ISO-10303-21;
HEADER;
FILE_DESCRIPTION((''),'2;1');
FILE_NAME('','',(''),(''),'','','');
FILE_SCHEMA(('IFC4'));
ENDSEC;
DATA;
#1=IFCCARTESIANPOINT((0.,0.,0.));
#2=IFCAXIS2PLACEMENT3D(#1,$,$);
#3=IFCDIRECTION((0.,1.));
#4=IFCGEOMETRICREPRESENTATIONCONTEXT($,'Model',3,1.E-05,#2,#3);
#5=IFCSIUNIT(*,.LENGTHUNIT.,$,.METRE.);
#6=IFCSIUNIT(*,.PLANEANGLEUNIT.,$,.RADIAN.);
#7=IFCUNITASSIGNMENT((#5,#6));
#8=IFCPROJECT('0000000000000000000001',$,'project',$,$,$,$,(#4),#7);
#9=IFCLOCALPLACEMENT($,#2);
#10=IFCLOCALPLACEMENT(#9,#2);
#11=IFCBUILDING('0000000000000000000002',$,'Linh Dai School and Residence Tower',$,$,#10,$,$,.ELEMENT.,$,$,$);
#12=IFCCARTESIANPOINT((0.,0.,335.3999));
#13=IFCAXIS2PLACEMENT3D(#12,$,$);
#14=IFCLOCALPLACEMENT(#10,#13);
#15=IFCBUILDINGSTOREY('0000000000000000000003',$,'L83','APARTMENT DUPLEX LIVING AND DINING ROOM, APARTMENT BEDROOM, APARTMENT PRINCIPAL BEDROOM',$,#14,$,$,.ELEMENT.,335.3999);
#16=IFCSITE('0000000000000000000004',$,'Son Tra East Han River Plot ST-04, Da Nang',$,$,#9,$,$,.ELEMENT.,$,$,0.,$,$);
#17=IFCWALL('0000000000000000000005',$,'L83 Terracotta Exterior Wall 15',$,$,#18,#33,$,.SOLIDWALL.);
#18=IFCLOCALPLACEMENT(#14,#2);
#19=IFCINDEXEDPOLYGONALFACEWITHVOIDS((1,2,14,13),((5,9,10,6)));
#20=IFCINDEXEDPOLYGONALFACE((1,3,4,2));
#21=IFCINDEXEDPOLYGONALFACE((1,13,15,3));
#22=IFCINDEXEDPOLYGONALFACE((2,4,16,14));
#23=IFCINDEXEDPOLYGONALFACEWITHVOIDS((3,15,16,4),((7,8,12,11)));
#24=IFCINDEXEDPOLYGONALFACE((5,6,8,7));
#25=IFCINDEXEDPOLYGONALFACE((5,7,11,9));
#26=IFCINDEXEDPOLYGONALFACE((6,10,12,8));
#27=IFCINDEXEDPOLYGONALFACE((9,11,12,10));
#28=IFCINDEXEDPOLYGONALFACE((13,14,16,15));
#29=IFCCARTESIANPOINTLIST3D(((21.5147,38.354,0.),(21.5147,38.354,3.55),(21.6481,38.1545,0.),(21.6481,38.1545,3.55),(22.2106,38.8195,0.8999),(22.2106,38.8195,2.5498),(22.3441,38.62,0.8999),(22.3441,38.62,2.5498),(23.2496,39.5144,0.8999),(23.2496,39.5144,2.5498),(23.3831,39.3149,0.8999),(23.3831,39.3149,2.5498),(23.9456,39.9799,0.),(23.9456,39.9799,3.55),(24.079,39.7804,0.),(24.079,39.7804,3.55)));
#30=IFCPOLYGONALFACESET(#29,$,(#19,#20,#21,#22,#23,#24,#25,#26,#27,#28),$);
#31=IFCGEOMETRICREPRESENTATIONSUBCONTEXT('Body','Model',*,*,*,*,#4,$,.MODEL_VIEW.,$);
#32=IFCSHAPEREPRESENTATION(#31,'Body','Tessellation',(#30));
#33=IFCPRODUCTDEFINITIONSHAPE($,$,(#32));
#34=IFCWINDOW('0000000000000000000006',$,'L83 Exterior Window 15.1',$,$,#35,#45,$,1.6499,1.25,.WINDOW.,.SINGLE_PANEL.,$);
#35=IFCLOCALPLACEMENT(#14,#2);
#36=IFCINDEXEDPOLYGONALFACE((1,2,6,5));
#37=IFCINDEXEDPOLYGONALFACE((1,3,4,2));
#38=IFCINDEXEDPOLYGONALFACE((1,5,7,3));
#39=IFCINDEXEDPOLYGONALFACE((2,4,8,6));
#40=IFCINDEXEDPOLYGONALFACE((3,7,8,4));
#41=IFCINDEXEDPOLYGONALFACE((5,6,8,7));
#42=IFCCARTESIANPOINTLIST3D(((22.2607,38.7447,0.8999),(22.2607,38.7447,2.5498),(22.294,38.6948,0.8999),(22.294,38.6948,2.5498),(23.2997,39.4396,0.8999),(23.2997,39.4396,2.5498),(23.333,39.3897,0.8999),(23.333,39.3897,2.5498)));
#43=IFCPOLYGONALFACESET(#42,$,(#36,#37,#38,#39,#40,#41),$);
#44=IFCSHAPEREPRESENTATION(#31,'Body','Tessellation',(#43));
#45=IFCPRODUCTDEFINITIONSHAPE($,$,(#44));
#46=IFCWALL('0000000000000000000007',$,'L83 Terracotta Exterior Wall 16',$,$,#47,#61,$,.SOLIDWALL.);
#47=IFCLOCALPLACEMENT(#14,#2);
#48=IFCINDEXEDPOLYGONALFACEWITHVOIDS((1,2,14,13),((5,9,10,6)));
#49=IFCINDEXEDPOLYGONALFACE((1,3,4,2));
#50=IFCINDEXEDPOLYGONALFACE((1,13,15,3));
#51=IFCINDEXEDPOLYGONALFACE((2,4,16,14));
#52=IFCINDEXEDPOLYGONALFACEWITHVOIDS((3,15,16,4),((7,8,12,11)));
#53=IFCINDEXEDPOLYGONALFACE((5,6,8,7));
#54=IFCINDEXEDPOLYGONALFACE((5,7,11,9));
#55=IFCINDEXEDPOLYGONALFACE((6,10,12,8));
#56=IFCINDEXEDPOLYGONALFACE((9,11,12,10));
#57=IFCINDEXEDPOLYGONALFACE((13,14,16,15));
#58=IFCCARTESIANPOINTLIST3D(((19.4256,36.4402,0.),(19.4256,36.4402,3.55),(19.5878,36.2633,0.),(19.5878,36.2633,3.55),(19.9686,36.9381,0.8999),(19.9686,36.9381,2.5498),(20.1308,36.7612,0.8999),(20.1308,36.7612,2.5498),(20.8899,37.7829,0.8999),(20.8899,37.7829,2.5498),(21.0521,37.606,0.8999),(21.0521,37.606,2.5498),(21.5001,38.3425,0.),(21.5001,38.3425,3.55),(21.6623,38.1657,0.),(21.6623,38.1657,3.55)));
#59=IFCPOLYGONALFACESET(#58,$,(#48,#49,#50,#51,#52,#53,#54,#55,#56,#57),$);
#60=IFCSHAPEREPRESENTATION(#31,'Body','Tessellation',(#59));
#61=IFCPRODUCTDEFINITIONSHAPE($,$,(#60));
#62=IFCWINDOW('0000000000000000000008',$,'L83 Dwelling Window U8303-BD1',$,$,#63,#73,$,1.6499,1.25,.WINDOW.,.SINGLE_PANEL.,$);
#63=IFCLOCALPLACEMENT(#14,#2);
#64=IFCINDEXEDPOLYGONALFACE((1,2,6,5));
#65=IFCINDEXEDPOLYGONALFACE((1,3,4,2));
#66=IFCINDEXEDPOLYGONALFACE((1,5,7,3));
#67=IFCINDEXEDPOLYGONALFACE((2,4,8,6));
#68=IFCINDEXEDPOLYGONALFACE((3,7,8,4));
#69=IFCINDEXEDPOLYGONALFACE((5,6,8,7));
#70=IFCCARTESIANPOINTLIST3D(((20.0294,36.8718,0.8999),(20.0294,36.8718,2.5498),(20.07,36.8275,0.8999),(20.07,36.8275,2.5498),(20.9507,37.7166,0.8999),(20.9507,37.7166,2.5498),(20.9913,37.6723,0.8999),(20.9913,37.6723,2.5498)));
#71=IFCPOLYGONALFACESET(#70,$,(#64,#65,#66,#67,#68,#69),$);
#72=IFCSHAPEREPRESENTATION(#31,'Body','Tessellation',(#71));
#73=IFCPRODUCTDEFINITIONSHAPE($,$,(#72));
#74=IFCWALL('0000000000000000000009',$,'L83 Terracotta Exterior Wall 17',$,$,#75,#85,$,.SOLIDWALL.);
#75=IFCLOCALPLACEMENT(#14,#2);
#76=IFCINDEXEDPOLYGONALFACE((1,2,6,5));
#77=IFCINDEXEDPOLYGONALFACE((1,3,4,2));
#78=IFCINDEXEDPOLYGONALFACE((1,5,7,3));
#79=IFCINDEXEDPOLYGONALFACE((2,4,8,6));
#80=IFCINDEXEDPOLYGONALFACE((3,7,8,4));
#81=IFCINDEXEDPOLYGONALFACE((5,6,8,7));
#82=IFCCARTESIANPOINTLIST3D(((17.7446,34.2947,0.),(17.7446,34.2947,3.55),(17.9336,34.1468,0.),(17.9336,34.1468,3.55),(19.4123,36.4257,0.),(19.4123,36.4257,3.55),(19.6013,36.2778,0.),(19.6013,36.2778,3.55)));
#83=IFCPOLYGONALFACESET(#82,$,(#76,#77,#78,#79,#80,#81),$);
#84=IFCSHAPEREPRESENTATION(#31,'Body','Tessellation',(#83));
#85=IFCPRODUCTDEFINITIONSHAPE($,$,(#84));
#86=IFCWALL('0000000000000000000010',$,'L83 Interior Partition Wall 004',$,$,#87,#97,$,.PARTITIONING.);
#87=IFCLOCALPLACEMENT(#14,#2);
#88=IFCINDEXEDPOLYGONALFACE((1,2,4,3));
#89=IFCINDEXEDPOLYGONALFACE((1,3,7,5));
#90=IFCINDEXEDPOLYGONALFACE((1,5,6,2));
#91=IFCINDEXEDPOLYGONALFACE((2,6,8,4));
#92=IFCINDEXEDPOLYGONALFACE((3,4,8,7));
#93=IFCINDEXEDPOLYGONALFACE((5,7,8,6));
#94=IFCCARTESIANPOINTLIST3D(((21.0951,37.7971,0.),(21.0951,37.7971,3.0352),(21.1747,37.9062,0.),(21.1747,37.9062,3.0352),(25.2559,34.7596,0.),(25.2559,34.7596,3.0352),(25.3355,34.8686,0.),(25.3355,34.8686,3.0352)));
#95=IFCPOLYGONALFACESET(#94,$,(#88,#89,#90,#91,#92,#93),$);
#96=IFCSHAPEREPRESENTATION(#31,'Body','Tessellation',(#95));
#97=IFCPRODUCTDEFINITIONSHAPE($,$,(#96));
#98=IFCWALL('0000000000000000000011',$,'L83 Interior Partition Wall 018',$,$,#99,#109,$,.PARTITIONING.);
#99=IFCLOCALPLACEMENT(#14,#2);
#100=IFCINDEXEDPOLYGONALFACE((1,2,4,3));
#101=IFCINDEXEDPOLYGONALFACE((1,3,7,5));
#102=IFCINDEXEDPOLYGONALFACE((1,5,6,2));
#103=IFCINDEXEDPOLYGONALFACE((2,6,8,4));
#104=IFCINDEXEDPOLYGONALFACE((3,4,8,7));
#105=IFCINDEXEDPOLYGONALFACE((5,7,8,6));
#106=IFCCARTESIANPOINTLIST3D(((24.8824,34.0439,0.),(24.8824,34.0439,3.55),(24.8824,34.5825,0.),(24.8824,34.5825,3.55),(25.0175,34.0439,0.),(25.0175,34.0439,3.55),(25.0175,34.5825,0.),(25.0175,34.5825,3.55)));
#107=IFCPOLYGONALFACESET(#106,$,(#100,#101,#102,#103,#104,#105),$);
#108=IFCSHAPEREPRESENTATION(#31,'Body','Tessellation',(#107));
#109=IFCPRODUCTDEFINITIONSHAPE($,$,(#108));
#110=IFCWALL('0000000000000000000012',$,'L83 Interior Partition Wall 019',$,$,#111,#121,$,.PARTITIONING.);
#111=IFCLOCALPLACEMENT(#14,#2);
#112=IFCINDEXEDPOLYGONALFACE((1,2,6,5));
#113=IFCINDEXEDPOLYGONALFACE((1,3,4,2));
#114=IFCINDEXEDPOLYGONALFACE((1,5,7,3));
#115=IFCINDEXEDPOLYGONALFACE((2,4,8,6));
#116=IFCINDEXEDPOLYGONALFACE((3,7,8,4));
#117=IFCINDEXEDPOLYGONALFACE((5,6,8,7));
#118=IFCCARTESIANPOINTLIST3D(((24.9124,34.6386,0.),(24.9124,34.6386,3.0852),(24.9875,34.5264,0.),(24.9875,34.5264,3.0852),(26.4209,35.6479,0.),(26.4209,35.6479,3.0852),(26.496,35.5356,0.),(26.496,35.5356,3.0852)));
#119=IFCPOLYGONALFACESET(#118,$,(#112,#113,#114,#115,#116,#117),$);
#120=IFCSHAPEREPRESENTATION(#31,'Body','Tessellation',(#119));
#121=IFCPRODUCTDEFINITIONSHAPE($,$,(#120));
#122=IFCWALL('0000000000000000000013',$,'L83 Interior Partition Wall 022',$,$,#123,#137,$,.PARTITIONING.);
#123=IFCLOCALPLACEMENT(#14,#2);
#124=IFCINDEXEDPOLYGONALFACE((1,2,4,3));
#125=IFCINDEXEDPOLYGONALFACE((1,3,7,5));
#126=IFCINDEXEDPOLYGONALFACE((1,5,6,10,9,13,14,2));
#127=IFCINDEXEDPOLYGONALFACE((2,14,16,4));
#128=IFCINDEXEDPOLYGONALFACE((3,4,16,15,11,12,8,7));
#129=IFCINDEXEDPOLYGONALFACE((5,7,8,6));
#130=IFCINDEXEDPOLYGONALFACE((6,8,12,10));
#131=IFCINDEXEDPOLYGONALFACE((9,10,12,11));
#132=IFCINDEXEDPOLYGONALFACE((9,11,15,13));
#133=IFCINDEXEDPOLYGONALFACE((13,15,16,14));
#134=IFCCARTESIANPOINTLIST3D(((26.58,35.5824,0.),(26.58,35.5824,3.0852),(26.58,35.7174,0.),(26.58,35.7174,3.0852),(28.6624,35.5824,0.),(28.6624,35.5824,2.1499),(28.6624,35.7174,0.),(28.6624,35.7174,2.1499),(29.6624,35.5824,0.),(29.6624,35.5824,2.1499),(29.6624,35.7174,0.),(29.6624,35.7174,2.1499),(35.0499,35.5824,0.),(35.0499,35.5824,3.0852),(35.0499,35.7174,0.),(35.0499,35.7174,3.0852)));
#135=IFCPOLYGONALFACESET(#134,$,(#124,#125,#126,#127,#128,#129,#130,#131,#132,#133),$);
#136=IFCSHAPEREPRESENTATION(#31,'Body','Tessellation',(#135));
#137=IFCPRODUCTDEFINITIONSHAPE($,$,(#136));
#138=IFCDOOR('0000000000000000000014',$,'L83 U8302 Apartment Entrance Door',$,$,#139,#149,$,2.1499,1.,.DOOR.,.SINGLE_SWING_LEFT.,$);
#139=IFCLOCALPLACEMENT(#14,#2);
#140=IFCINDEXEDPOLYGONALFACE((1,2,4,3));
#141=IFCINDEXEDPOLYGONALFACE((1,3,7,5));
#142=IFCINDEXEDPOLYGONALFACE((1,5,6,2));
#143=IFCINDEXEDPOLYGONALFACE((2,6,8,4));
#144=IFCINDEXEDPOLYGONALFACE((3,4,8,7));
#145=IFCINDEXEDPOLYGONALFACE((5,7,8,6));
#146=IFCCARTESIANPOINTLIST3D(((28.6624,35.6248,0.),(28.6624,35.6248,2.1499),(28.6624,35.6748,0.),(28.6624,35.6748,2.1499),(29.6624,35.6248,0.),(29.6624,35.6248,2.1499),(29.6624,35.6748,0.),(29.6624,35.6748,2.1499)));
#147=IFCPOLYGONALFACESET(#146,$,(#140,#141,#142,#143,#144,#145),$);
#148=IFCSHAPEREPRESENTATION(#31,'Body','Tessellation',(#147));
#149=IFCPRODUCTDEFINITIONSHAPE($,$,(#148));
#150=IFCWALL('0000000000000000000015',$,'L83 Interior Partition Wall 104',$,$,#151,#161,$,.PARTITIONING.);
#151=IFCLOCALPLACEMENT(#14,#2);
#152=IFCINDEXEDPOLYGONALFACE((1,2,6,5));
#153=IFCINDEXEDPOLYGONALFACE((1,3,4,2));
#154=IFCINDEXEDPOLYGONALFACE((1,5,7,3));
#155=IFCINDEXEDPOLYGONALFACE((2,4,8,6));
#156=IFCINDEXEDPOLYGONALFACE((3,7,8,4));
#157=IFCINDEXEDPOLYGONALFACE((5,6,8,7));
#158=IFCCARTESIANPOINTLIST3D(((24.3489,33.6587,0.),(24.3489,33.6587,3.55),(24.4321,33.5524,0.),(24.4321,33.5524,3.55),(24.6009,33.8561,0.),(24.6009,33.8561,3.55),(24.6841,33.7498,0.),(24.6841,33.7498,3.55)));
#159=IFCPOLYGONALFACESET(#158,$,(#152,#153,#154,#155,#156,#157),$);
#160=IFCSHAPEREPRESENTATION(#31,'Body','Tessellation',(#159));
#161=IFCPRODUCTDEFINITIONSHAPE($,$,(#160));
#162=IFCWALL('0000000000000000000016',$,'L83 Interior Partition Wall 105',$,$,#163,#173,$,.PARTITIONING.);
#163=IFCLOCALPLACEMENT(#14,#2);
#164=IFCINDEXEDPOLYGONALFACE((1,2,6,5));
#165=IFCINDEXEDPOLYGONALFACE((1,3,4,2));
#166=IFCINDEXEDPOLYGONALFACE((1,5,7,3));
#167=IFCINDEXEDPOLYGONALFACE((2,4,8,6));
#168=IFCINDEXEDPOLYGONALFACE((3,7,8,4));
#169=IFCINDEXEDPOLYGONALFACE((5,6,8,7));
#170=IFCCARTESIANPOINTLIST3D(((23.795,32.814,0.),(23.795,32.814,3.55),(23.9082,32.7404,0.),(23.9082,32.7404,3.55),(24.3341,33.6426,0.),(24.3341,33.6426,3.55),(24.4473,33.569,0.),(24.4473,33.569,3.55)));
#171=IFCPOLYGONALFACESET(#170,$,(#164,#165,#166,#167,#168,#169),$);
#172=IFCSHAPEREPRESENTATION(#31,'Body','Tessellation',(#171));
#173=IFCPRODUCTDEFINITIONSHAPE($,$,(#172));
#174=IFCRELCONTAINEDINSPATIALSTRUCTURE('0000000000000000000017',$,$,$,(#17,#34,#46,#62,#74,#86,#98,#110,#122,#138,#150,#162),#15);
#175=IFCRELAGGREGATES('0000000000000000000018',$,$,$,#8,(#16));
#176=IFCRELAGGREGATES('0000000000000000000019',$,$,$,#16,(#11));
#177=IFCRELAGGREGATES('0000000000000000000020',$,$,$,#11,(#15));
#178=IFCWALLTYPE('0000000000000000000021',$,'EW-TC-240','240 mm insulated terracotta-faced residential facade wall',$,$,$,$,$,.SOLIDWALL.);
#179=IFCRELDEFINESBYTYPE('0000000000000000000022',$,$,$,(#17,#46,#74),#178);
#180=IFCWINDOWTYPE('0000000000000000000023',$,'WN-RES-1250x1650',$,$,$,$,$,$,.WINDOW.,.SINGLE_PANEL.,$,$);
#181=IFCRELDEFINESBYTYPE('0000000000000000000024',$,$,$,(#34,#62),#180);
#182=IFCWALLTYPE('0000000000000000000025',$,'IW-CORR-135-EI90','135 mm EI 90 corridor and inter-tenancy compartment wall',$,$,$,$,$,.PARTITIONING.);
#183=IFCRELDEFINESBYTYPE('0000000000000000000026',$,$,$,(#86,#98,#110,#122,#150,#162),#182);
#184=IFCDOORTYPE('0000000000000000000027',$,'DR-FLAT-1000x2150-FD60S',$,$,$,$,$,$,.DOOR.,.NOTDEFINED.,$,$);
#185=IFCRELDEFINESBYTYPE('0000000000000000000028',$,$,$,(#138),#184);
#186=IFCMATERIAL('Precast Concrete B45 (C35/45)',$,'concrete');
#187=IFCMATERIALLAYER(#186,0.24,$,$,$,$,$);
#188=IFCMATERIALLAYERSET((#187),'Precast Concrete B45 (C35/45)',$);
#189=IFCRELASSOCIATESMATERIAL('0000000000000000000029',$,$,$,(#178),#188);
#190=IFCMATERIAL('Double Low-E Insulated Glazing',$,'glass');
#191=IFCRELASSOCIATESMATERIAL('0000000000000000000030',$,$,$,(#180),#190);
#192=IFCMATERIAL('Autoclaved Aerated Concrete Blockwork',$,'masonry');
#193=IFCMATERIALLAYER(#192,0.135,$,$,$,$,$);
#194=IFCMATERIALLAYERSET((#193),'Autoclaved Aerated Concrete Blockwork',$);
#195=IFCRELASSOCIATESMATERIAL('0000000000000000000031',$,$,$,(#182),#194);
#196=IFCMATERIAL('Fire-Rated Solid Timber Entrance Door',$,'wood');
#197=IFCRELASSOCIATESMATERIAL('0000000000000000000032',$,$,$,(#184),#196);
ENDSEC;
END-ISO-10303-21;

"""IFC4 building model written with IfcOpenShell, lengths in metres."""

from ifc_helpers import new_model, si_unit, direction, frame, frame_2d, origin, origin_2d, place, context, subcontext, project, spatial, rectangle, extrude, source, transform, mapped, material, layer, layer_set, type_object, element, fill, save


model = new_model("IFC4")

# Units and contexts
model_context = context("Model", 3, precision=1e-05, world=origin(), true_north=direction((0.0, 1.0)))
body_context = subcontext(model_context, "Body", "Model", "MODEL_VIEW")
ifc_project = project(units=[si_unit("LENGTHUNIT", "METRE"), si_unit("PLANEANGLEUNIT", "RADIAN")], contexts=[model_context])

# Site, building, storey
site_placement = place(None, origin())
site = spatial("IfcSite", under=ifc_project, at=site_placement, Name="Son Tra East Han River Plot ST-04, Da Nang", CompositionType="ELEMENT", RefElevation=0.0)
building_placement = place(site_placement, origin())
building = spatial("IfcBuilding", under=site, at=building_placement, Name="Linh Dai School and Residence Tower", CompositionType="ELEMENT")
storey_placement = place(building_placement, frame((0.0, 0.0, 335.3999)))
storey = spatial("IfcBuildingStorey", under=building, at=storey_placement, Name="L83", Description="APARTMENT DUPLEX LIVING AND DINING ROOM, APARTMENT BEDROOM, APARTMENT PRINCIPAL BEDROOM", CompositionType="ELEMENT", Elevation=335.3999)

# Shared definitions
ifc_material_1 = material(Name="Precast Concrete B45 (C35/45)", Category="concrete")

# Shared definitions
ifc_layer_1 = layer(ifc_material_1, 0.24)
ifc_layer_set_1 = layer_set([ifc_layer_1], Name="Precast Concrete B45 (C35/45)")
wall_type_1 = type_object("IfcWallType", Name="EW-TC-240", Description="240 mm insulated terracotta-faced residential facade wall", PredefinedType="SOLIDWALL", material=ifc_layer_set_1)

# Walls, openings, windows
ifc_material_2 = material(Name="Double Low-E Insulated Glazing", Category="glass")
window_type = type_object("IfcWindowType", Name="WN-RES-1250x1650", PartitioningType="SINGLE_PANEL", PredefinedType="WINDOW", material=ifc_material_2)
shared_shape_1 = source(origin(), body_context, "Body", "SweptSolid", [
    extrude(rectangle(XDim=1.25, YDim=1.6499, at=origin_2d()), frame((0.625, 0.03, 0.825), z_axis=(0.0, -1.0, 0.0), x_axis=(1.0, 0.0, 0.0)), (0.0, 0.0, 1.0), 0.0601),
])
wall_1_placement = place(storey_placement, frame((21.5813, 38.2542, 0.0), z_axis=(0.0, 0.0, 1.0), x_axis=(0.831202, 0.555971, 0.0)))
wall_1 = element("IfcWall", 1, at=wall_1_placement, inside=storey, type_object=wall_type_1, Name="L83 Terracotta Exterior Wall 15", PredefinedType="SOLIDWALL", context=body_context, shape_type="SweptSolid", body=[
    extrude(rectangle(XDim=2.9246, YDim=0.24, at=frame_2d((1.4624, 0.0))), origin(), (0.0, 0.0, 1.0), 3.55),
])
opening_1_placement = place(wall_1_placement, frame((0.8374, 0.0, 0.8999)))
opening_1 = element("IfcOpeningElement", 2, at=opening_1_placement, cuts=wall_1, PredefinedType="OPENING", context=body_context, shape_type="SweptSolid", body=[
    extrude(rectangle(XDim=1.25, YDim=1.6499, at=origin_2d()), frame((0.625, 0.1299, 0.825), z_axis=(0.0, -1.0, 0.0), x_axis=(1.0, 0.0, 0.0)), (0.0, 0.0, 1.0), 0.26),
])
window_1_placement = place(opening_1_placement, origin())
window_1 = element("IfcWindow", 3, at=window_1_placement, inside=storey, type_object=window_type, Name="L83 Exterior Window 15.1", OverallHeight=1.6499, OverallWidth=1.25, PartitioningType="SINGLE_PANEL", PredefinedType="WINDOW", context=body_context, shape_type="MappedRepresentation", body=[
    mapped(shared_shape_1, transform((0.0, 0.0, 0.0), x_axis=(1.0, 0.0, 0.0), y_axis=(0.0, 1.0, 0.0), z_axis=(0.0, 0.0, 1.0), scale=1.0)),
])
fill(opening_1, window_1)
wall_2_placement = place(storey_placement, frame((19.5068, 36.3518, 0.0), z_axis=(0.0, 0.0, 1.0), x_axis=(0.737021, 0.67587, 0.0)))
wall_2 = element("IfcWall", 4, at=wall_2_placement, inside=storey, type_object=wall_type_1, Name="L83 Terracotta Exterior Wall 16", PredefinedType="SOLIDWALL", context=body_context, shape_type="SweptSolid", body=[
    extrude(rectangle(XDim=2.8147, YDim=0.24, at=frame_2d((1.4072, 0.0))), origin(), (0.0, 0.0, 1.0), 3.55),
])
opening_2_placement = place(wall_2_placement, frame((0.7366, 0.0, 0.8999)))
opening_2 = element("IfcOpeningElement", 5, at=opening_2_placement, cuts=wall_2, PredefinedType="OPENING", context=body_context, shape_type="SweptSolid", body=[
    extrude(rectangle(XDim=1.25, YDim=1.6499, at=origin_2d()), frame((0.625, 0.1299, 0.825), z_axis=(0.0, -1.0, 0.0), x_axis=(1.0, 0.0, 0.0)), (0.0, 0.0, 1.0), 0.26),
])
window_2_placement = place(opening_2_placement, origin())
window_2 = element("IfcWindow", 6, at=window_2_placement, inside=storey, type_object=window_type, Name="L83 Dwelling Window U8303-BD1", OverallHeight=1.6499, OverallWidth=1.25, PartitioningType="SINGLE_PANEL", PredefinedType="WINDOW", context=body_context, shape_type="MappedRepresentation", body=[
    mapped(shared_shape_1, transform((0.0, 0.0, 0.0), x_axis=(1.0, 0.0, 0.0), y_axis=(0.0, 1.0, 0.0), z_axis=(0.0, 0.0, 1.0), scale=1.0)),
])
fill(opening_2, window_2)

# Walls
wall_3_placement = place(storey_placement, frame((17.8391, 34.2207, 0.0), z_axis=(0.0, 0.0, 1.0), x_axis=(0.616286, 0.787522, 0.0)))
element("IfcWall", 7, at=wall_3_placement, inside=storey, type_object=wall_type_1, Name="L83 Terracotta Exterior Wall 17", PredefinedType="SOLIDWALL", context=body_context, shape_type="SweptSolid", body=[
    extrude(rectangle(XDim=2.7061, YDim=0.24, at=frame_2d((1.353, 0.0))), origin(), (0.0, 0.0, 1.0), 3.55),
])
ifc_material_3 = material(Name="Autoclaved Aerated Concrete Blockwork", Category="masonry")
ifc_layer_2 = layer(ifc_material_3, 0.135)
ifc_layer_set_2 = layer_set([ifc_layer_2], Name="Autoclaved Aerated Concrete Blockwork")
wall_type_2 = type_object("IfcWallType", Name="IW-CORR-135-EI90", Description="135 mm EI 90 corridor and inter-tenancy compartment wall", PredefinedType="PARTITIONING", material=ifc_layer_set_2)
wall_4_placement = place(storey_placement, frame((21.135, 37.8516, 0.0), z_axis=(0.0, 0.0, 1.0), x_axis=(0.807673, -0.58963, 0.0)))
element("IfcWall", 8, at=wall_4_placement, inside=storey, type_object=wall_type_2, Name="L83 Interior Partition Wall 004", PredefinedType="PARTITIONING", context=body_context, shape_type="SweptSolid", body=[
    extrude(rectangle(XDim=5.1516, YDim=0.135, at=frame_2d((2.5757, 0.0))), origin(), (0.0, 0.0, 1.0), 3.0352),
])
wall_5_placement = place(storey_placement, frame((24.95, 34.0439, 0.0), z_axis=(0.0, 0.0, 1.0), x_axis=(0.0, 1.0, 0.0)))
element("IfcWall", 9, at=wall_5_placement, inside=storey, type_object=wall_type_2, Name="L83 Interior Partition Wall 018", PredefinedType="PARTITIONING", context=body_context, shape_type="SweptSolid", body=[
    extrude(rectangle(XDim=0.5386, YDim=0.135, at=frame_2d((0.2693, 0.0))), origin(), (0.0, 0.0, 1.0), 3.55),
])
wall_6_placement = place(storey_placement, frame((24.95, 34.5825, 0.0), z_axis=(0.0, 0.0, 1.0), x_axis=(0.831139, 0.556065, 0.0)))
element("IfcWall", 10, at=wall_6_placement, inside=storey, type_object=wall_type_2, Name="L83 Interior Partition Wall 019", PredefinedType="PARTITIONING", context=body_context, shape_type="SweptSolid", body=[
    extrude(rectangle(XDim=1.8149, YDim=0.135, at=frame_2d((0.9075, 0.0))), origin(), (0.0, 0.0, 1.0), 3.0852),
])

# Wall, opening, door
wall_7_placement = place(storey_placement, frame((26.5801, 35.6499, 0.0), z_axis=(0.0, 0.0, 1.0), x_axis=(1.0, 0.0, 0.0)))
wall_7 = element("IfcWall", 11, at=wall_7_placement, inside=storey, type_object=wall_type_2, Name="L83 Interior Partition Wall 022", PredefinedType="PARTITIONING", context=body_context, shape_type="SweptSolid", body=[
    extrude(rectangle(XDim=8.47, YDim=0.135, at=frame_2d((4.2349, 0.0))), origin(), (0.0, 0.0, 1.0), 3.0852),
])
opening_3_placement = place(wall_7_placement, frame((2.0823, 0.0, 0.0)))
opening_3 = element("IfcOpeningElement", 12, at=opening_3_placement, cuts=wall_7, PredefinedType="OPENING", context=body_context, shape_type="SweptSolid", body=[
    extrude(rectangle(XDim=1.0, YDim=2.1499, at=origin_2d()), frame((0.5, 0.0776, 1.075), z_axis=(0.0, -1.0, 0.0), x_axis=(1.0, 0.0, 0.0)), (0.0, 0.0, 1.0), 0.155),
])
ifc_material_4 = material(Name="Fire-Rated Solid Timber Entrance Door", Category="wood")
door_type = type_object("IfcDoorType", Name="DR-FLAT-1000x2150-FD60S", OperationType="NOTDEFINED", PredefinedType="DOOR", material=ifc_material_4)
shared_shape_2 = source(origin(), body_context, "Body", "SweptSolid", [
    extrude(rectangle(XDim=1.0, YDim=2.1499, at=origin_2d()), frame((0.5, 0.0249, 1.075), z_axis=(0.0, -1.0, 0.0), x_axis=(1.0, 0.0, 0.0)), (0.0, 0.0, 1.0), 0.05),
])
door_placement = place(opening_3_placement, origin())
door = element("IfcDoor", 13, at=door_placement, inside=storey, type_object=door_type, Name="L83 U8302 Apartment Entrance Door", OperationType="SINGLE_SWING_LEFT", OverallHeight=2.1499, OverallWidth=1.0, PredefinedType="DOOR", context=body_context, shape_type="MappedRepresentation", body=[
    mapped(shared_shape_2, transform((0.0, 0.0, 0.0), x_axis=(1.0, 0.0, 0.0), y_axis=(0.0, 1.0, 0.0), z_axis=(0.0, 0.0, 1.0), scale=1.0)),
])
fill(opening_3, door)

# Walls
wall_8_placement = place(storey_placement, frame((24.6426, 33.803, 0.0), z_axis=(0.0, 0.0, 1.0), x_axis=(-0.787376, -0.616473, 0.0)))
element("IfcWall", 14, at=wall_8_placement, inside=storey, type_object=wall_type_2, Name="L83 Interior Partition Wall 104", PredefinedType="PARTITIONING", context=body_context, shape_type="SweptSolid", body=[
    extrude(rectangle(XDim=0.3201, YDim=0.135, at=frame_2d((0.1602, 0.0))), origin(), (0.0, 0.0, 1.0), 3.55),
])
wall_9_placement = place(storey_placement, frame((24.3906, 33.6057, 0.0), z_axis=(0.0, 0.0, 1.0), x_axis=(-0.545318, -0.838229, 0.0)))
element("IfcWall", 15, at=wall_9_placement, inside=storey, type_object=wall_type_2, Name="L83 Interior Partition Wall 105", PredefinedType="PARTITIONING", context=body_context, shape_type="SweptSolid", body=[
    extrude(rectangle(XDim=0.9885, YDim=0.135, at=frame_2d((0.4941, 0.0))), origin(), (0.0, 0.0, 1.0), 3.55),
])

save(model, "model.ifc")
